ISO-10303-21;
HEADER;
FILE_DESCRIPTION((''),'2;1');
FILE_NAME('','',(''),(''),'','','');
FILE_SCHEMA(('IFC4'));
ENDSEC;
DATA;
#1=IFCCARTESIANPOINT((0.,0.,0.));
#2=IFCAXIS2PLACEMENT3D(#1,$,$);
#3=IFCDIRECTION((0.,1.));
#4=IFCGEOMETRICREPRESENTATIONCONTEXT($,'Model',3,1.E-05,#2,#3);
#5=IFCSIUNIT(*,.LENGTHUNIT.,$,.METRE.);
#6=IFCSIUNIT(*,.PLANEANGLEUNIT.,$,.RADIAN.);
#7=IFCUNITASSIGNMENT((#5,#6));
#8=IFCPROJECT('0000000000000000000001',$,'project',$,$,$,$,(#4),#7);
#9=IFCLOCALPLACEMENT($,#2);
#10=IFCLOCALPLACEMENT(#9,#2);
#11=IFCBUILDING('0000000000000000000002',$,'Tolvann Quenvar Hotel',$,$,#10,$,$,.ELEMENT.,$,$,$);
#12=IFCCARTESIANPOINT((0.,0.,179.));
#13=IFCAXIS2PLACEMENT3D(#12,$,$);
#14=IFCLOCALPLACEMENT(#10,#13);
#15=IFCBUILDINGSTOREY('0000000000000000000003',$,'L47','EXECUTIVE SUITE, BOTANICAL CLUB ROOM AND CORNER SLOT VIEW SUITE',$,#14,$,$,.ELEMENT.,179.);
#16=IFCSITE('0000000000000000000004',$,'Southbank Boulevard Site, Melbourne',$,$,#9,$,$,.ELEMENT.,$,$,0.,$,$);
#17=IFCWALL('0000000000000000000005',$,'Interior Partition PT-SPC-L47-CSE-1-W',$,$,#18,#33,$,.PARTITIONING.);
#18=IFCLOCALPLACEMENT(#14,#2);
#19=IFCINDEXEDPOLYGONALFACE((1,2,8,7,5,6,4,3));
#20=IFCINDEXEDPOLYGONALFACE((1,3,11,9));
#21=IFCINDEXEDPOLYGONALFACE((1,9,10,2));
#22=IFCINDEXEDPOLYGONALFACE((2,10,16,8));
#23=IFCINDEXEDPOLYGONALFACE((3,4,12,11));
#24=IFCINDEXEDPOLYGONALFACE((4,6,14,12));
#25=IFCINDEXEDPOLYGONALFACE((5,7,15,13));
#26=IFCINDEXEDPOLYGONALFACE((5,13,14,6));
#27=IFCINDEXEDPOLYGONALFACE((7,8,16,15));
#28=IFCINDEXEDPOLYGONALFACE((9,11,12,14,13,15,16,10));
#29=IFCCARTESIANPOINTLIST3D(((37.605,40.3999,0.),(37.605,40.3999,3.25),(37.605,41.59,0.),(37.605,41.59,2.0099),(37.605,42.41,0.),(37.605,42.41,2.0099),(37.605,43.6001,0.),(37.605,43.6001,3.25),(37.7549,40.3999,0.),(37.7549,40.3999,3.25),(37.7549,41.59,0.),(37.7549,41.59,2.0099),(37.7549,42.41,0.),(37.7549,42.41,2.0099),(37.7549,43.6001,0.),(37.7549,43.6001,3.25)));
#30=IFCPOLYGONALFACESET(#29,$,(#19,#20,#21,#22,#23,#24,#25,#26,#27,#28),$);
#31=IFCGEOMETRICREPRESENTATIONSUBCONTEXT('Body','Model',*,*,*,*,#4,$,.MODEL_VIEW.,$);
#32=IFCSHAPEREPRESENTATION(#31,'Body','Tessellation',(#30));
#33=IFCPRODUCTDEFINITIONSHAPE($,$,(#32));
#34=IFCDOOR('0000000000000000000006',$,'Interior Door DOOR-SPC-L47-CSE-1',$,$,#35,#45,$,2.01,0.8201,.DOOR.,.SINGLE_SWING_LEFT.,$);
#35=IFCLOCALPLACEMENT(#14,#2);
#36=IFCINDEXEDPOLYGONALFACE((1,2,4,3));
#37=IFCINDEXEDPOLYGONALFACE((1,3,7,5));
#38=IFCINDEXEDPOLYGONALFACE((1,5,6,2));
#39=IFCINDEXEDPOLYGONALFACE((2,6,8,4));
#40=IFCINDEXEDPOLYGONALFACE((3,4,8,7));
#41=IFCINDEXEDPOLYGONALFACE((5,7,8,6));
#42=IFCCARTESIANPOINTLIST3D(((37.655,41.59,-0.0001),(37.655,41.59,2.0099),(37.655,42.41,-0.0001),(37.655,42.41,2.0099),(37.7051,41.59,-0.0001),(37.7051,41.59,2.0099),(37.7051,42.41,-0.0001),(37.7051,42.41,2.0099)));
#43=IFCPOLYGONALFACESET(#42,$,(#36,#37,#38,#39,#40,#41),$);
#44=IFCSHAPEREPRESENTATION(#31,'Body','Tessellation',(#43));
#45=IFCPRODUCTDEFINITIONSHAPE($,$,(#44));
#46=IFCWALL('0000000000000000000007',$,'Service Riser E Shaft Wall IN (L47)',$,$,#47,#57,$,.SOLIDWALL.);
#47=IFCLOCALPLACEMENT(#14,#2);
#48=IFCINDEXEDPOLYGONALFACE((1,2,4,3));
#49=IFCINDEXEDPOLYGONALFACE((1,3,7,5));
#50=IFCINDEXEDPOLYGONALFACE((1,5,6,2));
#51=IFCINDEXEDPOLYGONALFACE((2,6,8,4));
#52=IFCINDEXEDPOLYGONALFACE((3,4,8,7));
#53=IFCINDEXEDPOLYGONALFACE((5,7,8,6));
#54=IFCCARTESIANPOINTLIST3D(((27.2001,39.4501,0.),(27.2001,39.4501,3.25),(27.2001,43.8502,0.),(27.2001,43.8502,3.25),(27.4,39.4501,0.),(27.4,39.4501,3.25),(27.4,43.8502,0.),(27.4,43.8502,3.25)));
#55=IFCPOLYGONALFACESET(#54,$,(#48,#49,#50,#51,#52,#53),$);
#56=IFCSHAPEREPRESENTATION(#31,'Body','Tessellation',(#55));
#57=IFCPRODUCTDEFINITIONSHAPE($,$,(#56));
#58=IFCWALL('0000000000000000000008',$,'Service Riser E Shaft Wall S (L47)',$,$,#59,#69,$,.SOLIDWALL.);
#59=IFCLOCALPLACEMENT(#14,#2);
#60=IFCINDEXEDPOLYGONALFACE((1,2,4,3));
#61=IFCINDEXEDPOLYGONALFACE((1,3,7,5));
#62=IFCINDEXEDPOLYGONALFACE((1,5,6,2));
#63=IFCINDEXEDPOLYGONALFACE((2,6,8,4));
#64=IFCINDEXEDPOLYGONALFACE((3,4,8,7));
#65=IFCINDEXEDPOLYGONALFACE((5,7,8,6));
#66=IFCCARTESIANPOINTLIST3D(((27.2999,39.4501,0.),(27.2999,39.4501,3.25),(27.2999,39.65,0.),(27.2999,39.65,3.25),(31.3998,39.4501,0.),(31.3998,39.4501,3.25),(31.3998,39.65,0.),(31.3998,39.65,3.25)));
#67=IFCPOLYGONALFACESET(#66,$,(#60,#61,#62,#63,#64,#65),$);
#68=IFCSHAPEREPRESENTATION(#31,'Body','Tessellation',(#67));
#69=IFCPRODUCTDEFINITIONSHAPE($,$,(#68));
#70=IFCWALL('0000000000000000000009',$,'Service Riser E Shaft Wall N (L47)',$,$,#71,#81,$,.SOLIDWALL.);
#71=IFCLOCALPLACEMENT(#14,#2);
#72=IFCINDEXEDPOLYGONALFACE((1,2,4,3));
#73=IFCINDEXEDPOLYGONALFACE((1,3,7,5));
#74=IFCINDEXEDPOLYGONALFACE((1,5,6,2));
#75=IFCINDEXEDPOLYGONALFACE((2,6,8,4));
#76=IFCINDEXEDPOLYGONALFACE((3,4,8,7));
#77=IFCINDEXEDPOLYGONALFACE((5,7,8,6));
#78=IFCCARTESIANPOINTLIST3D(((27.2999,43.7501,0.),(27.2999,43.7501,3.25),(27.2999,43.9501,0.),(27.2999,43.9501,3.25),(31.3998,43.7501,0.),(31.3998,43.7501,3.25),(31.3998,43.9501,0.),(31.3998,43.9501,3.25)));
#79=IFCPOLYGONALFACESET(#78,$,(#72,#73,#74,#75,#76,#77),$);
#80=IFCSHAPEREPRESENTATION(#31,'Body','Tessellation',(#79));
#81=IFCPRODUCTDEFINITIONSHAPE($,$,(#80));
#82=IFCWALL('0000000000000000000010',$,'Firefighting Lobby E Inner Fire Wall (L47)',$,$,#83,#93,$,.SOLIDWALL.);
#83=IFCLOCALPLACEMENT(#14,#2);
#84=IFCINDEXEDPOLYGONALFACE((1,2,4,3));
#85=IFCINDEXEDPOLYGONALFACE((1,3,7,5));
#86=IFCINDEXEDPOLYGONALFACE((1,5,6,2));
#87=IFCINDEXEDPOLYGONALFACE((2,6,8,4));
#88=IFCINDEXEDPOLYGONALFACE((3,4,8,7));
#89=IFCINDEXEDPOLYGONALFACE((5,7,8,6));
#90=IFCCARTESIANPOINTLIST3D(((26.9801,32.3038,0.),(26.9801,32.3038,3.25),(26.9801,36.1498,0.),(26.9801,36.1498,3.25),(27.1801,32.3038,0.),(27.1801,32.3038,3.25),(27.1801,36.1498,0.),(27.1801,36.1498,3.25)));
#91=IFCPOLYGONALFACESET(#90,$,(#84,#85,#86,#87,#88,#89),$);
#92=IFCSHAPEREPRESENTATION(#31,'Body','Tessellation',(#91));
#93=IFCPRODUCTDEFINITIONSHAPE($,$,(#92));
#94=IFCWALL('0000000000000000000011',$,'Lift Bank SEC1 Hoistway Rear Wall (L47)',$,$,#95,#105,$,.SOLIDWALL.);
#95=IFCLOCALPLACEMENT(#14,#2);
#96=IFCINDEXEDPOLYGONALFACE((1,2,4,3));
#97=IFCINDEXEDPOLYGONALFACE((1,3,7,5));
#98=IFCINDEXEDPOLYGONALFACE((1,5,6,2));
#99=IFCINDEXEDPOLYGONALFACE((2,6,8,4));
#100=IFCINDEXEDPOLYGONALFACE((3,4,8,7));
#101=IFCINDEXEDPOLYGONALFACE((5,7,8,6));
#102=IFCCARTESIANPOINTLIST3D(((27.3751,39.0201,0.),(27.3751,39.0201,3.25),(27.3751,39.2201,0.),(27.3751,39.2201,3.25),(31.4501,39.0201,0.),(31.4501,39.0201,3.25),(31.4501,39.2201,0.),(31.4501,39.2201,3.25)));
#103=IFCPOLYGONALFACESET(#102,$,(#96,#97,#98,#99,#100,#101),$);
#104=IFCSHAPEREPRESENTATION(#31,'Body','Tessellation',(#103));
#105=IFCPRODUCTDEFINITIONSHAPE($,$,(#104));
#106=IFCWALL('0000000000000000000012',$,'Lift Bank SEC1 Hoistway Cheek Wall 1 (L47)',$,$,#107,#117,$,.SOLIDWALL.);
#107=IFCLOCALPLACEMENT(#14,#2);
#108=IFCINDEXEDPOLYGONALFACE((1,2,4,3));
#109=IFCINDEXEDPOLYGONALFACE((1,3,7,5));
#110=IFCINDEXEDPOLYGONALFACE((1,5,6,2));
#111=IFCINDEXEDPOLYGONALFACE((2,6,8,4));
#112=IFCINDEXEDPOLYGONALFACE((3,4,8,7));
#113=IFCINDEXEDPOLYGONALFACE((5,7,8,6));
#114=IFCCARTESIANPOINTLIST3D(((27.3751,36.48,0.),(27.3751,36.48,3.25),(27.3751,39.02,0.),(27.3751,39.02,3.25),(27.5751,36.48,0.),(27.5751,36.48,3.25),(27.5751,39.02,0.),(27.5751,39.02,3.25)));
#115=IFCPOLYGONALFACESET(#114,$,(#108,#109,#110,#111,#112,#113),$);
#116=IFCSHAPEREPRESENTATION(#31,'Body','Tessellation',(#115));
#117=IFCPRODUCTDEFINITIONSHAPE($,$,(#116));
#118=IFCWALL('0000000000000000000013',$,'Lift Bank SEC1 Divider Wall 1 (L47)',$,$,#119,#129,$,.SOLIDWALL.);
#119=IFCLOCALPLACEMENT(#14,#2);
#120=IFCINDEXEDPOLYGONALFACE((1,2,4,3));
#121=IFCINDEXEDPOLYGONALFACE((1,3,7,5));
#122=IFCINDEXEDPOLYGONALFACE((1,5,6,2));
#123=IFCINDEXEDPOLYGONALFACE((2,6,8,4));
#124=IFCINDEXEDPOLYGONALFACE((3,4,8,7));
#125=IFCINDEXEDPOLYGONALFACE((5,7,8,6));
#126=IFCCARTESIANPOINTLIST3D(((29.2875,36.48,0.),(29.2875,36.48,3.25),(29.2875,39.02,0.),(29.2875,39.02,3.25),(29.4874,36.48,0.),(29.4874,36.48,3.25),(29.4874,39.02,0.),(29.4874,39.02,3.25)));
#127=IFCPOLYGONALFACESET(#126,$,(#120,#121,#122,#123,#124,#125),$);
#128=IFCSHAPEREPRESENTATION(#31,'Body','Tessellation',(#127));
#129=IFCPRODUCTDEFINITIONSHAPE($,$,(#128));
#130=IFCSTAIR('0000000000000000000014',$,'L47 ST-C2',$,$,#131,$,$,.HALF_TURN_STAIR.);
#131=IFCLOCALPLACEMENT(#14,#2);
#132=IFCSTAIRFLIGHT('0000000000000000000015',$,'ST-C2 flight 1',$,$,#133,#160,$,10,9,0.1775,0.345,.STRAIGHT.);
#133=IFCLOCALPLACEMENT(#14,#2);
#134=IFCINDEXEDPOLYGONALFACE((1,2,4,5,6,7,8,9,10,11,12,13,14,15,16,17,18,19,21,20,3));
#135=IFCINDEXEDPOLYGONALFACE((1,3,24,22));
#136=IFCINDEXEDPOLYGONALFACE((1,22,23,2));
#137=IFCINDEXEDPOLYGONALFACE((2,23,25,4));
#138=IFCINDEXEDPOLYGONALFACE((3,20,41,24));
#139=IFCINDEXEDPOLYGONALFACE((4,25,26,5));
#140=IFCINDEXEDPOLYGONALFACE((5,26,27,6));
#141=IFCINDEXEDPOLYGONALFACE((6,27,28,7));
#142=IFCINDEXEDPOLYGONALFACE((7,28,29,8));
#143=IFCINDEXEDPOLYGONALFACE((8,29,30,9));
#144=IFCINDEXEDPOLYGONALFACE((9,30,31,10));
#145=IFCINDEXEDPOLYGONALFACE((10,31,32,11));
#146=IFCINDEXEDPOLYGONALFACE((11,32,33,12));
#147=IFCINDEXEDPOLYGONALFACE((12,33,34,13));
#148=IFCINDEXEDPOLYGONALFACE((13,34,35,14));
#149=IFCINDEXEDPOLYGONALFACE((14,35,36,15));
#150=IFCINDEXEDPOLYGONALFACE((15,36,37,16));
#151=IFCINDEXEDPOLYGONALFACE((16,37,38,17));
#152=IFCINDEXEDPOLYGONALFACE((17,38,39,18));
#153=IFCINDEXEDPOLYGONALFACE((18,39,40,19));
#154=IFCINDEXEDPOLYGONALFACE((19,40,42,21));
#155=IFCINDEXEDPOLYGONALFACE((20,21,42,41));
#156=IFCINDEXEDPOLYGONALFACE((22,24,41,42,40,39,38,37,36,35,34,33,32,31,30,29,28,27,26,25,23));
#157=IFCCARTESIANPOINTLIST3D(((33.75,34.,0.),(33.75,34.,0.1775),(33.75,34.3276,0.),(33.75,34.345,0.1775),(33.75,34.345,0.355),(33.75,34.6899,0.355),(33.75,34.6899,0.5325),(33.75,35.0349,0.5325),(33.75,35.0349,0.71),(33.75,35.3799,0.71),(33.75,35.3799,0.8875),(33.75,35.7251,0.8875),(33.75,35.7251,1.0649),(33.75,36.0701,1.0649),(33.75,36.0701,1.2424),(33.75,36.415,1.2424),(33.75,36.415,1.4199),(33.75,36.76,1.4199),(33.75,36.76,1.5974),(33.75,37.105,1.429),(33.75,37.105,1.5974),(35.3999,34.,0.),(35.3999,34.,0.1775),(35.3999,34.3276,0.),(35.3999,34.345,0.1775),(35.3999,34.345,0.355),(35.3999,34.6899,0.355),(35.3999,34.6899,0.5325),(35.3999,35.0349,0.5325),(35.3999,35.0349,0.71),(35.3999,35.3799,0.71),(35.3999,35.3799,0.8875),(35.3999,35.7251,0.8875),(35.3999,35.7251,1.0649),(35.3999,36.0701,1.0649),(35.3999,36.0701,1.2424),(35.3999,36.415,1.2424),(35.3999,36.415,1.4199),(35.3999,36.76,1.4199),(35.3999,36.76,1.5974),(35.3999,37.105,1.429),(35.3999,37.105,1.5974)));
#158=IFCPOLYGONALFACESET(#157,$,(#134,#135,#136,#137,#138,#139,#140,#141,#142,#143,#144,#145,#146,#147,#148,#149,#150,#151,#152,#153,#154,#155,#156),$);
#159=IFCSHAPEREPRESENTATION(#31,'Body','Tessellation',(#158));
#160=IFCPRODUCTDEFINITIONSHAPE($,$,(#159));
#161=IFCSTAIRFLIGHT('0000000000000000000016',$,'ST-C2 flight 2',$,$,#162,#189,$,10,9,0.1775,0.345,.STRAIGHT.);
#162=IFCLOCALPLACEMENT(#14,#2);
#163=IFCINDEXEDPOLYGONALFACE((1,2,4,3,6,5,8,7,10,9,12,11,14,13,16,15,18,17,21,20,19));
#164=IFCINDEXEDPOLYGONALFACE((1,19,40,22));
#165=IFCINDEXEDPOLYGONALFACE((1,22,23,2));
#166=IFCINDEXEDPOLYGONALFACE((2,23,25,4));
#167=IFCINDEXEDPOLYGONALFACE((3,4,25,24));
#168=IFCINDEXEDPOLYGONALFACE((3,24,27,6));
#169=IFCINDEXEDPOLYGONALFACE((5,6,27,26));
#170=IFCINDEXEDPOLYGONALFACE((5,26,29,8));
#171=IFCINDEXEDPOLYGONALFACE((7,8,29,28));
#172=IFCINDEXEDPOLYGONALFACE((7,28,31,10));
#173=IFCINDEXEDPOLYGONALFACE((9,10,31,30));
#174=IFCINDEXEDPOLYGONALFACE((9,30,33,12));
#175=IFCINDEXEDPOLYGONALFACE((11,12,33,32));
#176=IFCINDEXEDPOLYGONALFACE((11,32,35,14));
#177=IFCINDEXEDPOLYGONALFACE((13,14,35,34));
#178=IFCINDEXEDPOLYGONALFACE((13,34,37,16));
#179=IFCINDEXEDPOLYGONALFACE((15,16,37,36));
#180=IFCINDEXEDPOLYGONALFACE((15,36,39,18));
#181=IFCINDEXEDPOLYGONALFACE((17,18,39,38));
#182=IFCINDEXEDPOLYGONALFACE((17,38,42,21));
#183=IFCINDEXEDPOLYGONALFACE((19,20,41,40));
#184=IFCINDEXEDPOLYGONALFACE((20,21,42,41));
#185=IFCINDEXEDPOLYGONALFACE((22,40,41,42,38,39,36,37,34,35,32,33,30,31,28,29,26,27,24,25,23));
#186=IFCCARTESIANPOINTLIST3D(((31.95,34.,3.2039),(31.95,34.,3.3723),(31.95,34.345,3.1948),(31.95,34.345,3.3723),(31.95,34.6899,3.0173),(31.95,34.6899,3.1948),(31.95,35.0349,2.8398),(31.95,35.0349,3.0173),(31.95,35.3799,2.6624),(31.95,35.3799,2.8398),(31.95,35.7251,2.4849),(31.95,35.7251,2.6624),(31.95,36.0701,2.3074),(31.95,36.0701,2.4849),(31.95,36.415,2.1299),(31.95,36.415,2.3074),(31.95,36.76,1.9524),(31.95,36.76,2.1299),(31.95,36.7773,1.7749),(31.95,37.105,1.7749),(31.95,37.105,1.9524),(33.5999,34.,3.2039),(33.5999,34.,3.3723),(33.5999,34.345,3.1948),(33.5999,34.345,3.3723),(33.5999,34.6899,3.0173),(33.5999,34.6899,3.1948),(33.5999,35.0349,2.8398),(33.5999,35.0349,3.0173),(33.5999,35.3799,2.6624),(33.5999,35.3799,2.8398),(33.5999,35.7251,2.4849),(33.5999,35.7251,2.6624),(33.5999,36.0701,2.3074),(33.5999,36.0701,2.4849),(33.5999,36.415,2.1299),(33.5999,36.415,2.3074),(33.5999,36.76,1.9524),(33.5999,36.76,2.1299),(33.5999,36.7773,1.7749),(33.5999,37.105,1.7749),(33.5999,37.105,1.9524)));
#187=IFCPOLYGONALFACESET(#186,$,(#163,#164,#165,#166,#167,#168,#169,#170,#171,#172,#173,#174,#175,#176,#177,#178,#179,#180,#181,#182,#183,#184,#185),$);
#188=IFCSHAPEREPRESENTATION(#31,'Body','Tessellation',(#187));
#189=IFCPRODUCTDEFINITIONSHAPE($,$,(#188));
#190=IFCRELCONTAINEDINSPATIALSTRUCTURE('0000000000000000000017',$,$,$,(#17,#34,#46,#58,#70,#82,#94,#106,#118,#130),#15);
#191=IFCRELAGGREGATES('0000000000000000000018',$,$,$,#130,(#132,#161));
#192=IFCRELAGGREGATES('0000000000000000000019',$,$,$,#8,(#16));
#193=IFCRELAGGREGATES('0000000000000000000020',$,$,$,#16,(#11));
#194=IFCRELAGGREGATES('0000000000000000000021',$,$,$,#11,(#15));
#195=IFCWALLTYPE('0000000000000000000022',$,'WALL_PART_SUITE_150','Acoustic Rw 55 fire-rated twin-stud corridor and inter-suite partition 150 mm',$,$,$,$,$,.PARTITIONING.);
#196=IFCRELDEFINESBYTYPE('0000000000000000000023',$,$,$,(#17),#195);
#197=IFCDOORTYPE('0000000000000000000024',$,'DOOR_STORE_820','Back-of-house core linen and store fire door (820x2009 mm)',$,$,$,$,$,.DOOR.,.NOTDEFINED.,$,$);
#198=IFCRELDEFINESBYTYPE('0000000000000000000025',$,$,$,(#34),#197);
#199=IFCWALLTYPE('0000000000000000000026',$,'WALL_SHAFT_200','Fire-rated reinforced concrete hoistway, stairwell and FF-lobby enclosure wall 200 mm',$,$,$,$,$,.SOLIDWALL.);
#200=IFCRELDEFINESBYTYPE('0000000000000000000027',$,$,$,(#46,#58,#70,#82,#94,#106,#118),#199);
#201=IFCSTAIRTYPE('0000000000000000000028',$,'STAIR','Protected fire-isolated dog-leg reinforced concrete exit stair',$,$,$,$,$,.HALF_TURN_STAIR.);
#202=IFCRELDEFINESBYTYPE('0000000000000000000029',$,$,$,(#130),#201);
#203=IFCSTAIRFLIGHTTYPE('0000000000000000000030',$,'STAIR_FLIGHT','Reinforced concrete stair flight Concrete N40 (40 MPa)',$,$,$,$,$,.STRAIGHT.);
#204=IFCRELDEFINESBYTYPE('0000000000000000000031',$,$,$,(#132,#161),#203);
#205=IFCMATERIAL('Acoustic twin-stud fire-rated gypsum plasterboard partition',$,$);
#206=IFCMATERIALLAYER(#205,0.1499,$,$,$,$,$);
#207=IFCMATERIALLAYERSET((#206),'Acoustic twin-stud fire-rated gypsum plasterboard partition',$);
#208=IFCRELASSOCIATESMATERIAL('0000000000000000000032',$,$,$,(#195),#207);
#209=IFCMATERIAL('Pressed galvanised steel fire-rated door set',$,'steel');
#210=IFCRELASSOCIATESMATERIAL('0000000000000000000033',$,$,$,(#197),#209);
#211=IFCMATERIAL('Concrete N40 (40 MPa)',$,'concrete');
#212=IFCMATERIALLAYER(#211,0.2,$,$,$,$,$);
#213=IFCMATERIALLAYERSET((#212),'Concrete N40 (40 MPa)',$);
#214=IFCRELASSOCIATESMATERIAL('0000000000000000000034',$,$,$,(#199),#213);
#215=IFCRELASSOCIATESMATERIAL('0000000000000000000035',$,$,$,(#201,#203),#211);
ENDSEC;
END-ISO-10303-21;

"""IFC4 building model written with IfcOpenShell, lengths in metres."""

from ifc_helpers import new_model, si_unit, direction, frame, frame_2d, origin, place, context, subcontext, project, spatial, polyline, rectangle, outline, extrude, source, transform, mapped, material, layer, layer_set, type_object, type_shapes, element, fill, aggregate, save


model = new_model("IFC4")

# Units and contexts
model_context = context("Model", 3, precision=1e-05, world=origin(), true_north=direction((0.0, 1.0)))
body_context = subcontext(model_context, "Body", "Model", "MODEL_VIEW")
ifc_project = project(units=[si_unit("LENGTHUNIT", "METRE"), si_unit("PLANEANGLEUNIT", "RADIAN")], contexts=[model_context])

# Site, building, storey
site_placement = place(None, origin())
site = spatial("IfcSite", under=ifc_project, at=site_placement, Name="Southbank Boulevard Site, Melbourne", CompositionType="ELEMENT", RefElevation=0.0)
building_placement = place(site_placement, origin())
building = spatial("IfcBuilding", under=site, at=building_placement, Name="Tolvann Quenvar Hotel", CompositionType="ELEMENT")
storey_placement = place(building_placement, frame((0.0, 0.0, 179.0)))
storey = spatial("IfcBuildingStorey", under=building, at=storey_placement, Name="L47", Description="EXECUTIVE SUITE, BOTANICAL CLUB ROOM AND CORNER SLOT VIEW SUITE", CompositionType="ELEMENT", Elevation=179.0)

# Shared definitions
ifc_material_1 = material(Name="Acoustic twin-stud fire-rated gypsum plasterboard partition")
ifc_layer_1 = layer(ifc_material_1, 0.1499)
ifc_layer_set_1 = layer_set([ifc_layer_1], Name="Acoustic twin-stud fire-rated gypsum plasterboard partition")
wall_type_1 = type_object("IfcWallType", Name="WALL_PART_SUITE_150", Description="Acoustic Rw 55 fire-rated twin-stud corridor and inter-suite partition 150 mm", PredefinedType="PARTITIONING", material=ifc_layer_set_1)

# Shared definitions
ifc_material_2 = material(Name="Pressed galvanised steel fire-rated door set", Category="steel")

# Wall, opening, door
wall_1_placement = place(storey_placement, frame((37.6799, 40.3999, 0.0), z_axis=(0.0, 0.0, 1.0), x_axis=(0.0, 1.0, 0.0)))
wall_1 = element("IfcWall", 1, at=wall_1_placement, inside=storey, type_object=wall_type_1, Name="Interior Partition PT-SPC-L47-CSE-1-W", PredefinedType="PARTITIONING", context=body_context, shape_type="SweptSolid", body=[
    extrude(rectangle(XDim=3.2002, YDim=0.1499, at=frame_2d((1.6001, 0.0))), origin(), (0.0, 0.0, 1.0), 3.25),
])
opening_1_placement = place(wall_1_placement, frame((1.1899, 0.0, 0.0)))
opening_1 = element("IfcOpeningElement", 2, at=opening_1_placement, cuts=wall_1, PredefinedType="OPENING", context=body_context, shape_type="SweptSolid", body=[
    extrude(rectangle(XDim=0.8201, YDim=2.01, at=frame_2d((0.4102, 1.0049))), frame((0.0, 0.085, 0.0), z_axis=(0.0, -1.0, 0.0), x_axis=(1.0, 0.0, 0.0)), (0.0, 0.0, 1.0), 0.1699),
])
door_type_1 = type_object("IfcDoorType", Name="DOOR_STORE_820", Description="Back-of-house core linen and store fire door (820x2009 mm)", OperationType="NOTDEFINED", PredefinedType="DOOR", material=ifc_material_2)
shared_shape_1 = source(origin(), body_context, "Body", "SweptSolid", [
    extrude(rectangle(XDim=0.8201, YDim=2.01, at=frame_2d((0.4102, 1.0049))), frame((0.0, 0.0249, 0.0), z_axis=(0.0, -1.0, 0.0), x_axis=(1.0, 0.0, 0.0)), (0.0, 0.0, 1.0), 0.05),
])
type_shapes(door_type_1, [shared_shape_1])
door_1_placement = place(opening_1_placement, origin())
door_1 = element("IfcDoor", 3, at=door_1_placement, inside=storey, type_object=door_type_1, Name="Interior Door DOOR-SPC-L47-CSE-1", OperationType="SINGLE_SWING_LEFT", OverallHeight=2.01, OverallWidth=0.8201, PredefinedType="DOOR", context=body_context, shape_type="MappedRepresentation", body=[
    mapped(shared_shape_1, transform((0.0, 0.0, 0.0), x_axis=(1.0, 0.0, 0.0), y_axis=(0.0, 1.0, 0.0), z_axis=(0.0, 0.0, 1.0), scale=1.0)),
])
fill(opening_1, door_1)

# Walls
ifc_material_3 = material(Name="Concrete N40 (40 MPa)", Category="concrete")
ifc_layer_2 = layer(ifc_material_3, 0.2)
ifc_layer_set_2 = layer_set([ifc_layer_2], Name="Concrete N40 (40 MPa)")
wall_type_2 = type_object("IfcWallType", Name="WALL_SHAFT_200", Description="Fire-rated reinforced concrete hoistway, stairwell and FF-lobby enclosure wall 200 mm", PredefinedType="SOLIDWALL", material=ifc_layer_set_2)
wall_2_placement = place(storey_placement, frame((27.3, 39.45, 0.0), z_axis=(0.0, 0.0, 1.0), x_axis=(0.0, 1.0, 0.0)))
element("IfcWall", 4, at=wall_2_placement, inside=storey, type_object=wall_type_2, Name="Service Riser E Shaft Wall IN (L47)", PredefinedType="SOLIDWALL", context=body_context, shape_type="SweptSolid", body=[
    extrude(rectangle(XDim=4.4001, YDim=0.2, at=frame_2d((2.2002, 0.0))), origin(), (0.0, 0.0, 1.0), 3.25),
])
for number, where, z_axis, x_axis, name in (
    (5, (27.3, 39.55, 0.0), (0.0, 0.0, 1.0), (1.0, 0.0, 0.0), "Service Riser E Shaft Wall S (L47)"),
    (6, (27.3, 43.8501, 0.0), (0.0, 0.0, 1.0), (1.0, 0.0, 0.0), "Service Riser E Shaft Wall N (L47)"),
):
    element("IfcWall", number, at=place(storey_placement, frame(where, z_axis=z_axis, x_axis=x_axis)), inside=storey, type_object=wall_type_2, Name=name, PredefinedType="SOLIDWALL", context=body_context, shape_type="SweptSolid", body=[
        extrude(rectangle(XDim=4.0999, YDim=0.2, at=frame_2d((2.0498, 0.0))), origin(), (0.0, 0.0, 1.0), 3.25),
    ])
wall_3_placement = place(storey_placement, frame((27.0801, 32.304, 0.0), z_axis=(0.0, 0.0, 1.0), x_axis=(0.0, 1.0, 0.0)))
element("IfcWall", 7, at=wall_3_placement, inside=storey, type_object=wall_type_2, Name="Firefighting Lobby E Inner Fire Wall (L47)", PredefinedType="SOLIDWALL", context=body_context, shape_type="SweptSolid", body=[
    extrude(rectangle(XDim=3.8459, YDim=0.2, at=frame_2d((1.9229, 0.0))), origin(), (0.0, 0.0, 1.0), 3.25),
])

# Walls
wall_4_placement = place(storey_placement, frame((27.375, 39.1201, 0.0), z_axis=(0.0, 0.0, 1.0), x_axis=(1.0, 0.0, 0.0)))
element("IfcWall", 8, at=wall_4_placement, inside=storey, type_object=wall_type_2, Name="Lift Bank SEC1 Hoistway Rear Wall (L47)", PredefinedType="SOLIDWALL", context=body_context, shape_type="SweptSolid", body=[
    extrude(rectangle(XDim=4.075, YDim=0.2, at=frame_2d((2.0376, 0.0))), origin(), (0.0, 0.0, 1.0), 3.25),
])
for number, where, z_axis, x_axis, name in (
    (9, (27.4751, 36.48, 0.0), (0.0, 0.0, 1.0), (0.0, 1.0, 0.0), "Lift Bank SEC1 Hoistway Cheek Wall 1 (L47)"),
    (10, (29.3875, 36.48, 0.0), (0.0, 0.0, 1.0), (0.0, 1.0, 0.0), "Lift Bank SEC1 Divider Wall 1 (L47)"),
):
    element("IfcWall", number, at=place(storey_placement, frame(where, z_axis=z_axis, x_axis=x_axis)), inside=storey, type_object=wall_type_2, Name=name, PredefinedType="SOLIDWALL", context=body_context, shape_type="SweptSolid", body=[
        extrude(rectangle(XDim=2.54, YDim=0.2, at=frame_2d((1.27, 0.0))), origin(), (0.0, 0.0, 1.0), 3.25),
    ])

# Stair, stair flights
stair_type = type_object("IfcStairType", Name="STAIR", Description="Protected fire-isolated dog-leg reinforced concrete exit stair", PredefinedType="HALF_TURN_STAIR", material=ifc_material_3)
stair_placement = place(storey_placement, origin())
stair = element("IfcStair", 11, at=stair_placement, inside=storey, type_object=stair_type, Name="L47 ST-C2", PredefinedType="HALF_TURN_STAIR")
stair_flight_type = type_object("IfcStairFlightType", Name="STAIR_FLIGHT", Description="Reinforced concrete stair flight Concrete N40 (40 MPa)", PredefinedType="STRAIGHT", material=ifc_material_3)
stair_flight_1_placement = place(storey_placement, frame((34.575, 34.0, 0.0), z_axis=(0.0, 0.0, 1.0), x_axis=(0.0, 1.0, 0.0)))
stair_flight_1 = element("IfcStairFlight", 12, at=stair_flight_1_placement, type_object=stair_flight_type, Name="ST-C2 flight 1", NumberOfRisers=10, NumberOfTreads=9, PredefinedType="STRAIGHT", RiserHeight=0.1775, TreadLength=0.345, context=body_context, shape_type="SweptSolid", body=[
    extrude(outline(polyline([(0.0, 0.0), (0.0, 0.1775), (0.345, 0.1775), (0.345, 0.355), (0.6899, 0.355), (0.6899, 0.5325), (1.0349, 0.5325), (1.0349, 0.71), (1.3799, 0.71), (1.3799, 0.8875), (1.7251, 0.8875), (1.7251, 1.0649), (2.0701, 1.0649), (2.0701, 1.2424), (2.415, 1.2424), (2.415, 1.4199), (2.76, 1.4199), (2.76, 1.5974), (3.105, 1.5974), (3.105, 1.7749), (3.105, 1.429), (0.3276, 0.0), (0.0, 0.0)])), frame((0.0, 0.825, 0.0), z_axis=(0.0, -1.0, 0.0), x_axis=(1.0, 0.0, 0.0)), (0.0, 0.0, 1.0), 1.6499),
])
stair_flight_2_placement = place(storey_placement, frame((32.7749, 37.105, 1.7749), z_axis=(0.0, 0.0, 1.0), x_axis=(0.0, -1.0, 0.0)))
stair_flight_2 = element("IfcStairFlight", 13, at=stair_flight_2_placement, type_object=stair_flight_type, Name="ST-C2 flight 2", NumberOfRisers=10, NumberOfTreads=9, PredefinedType="STRAIGHT", RiserHeight=0.1775, TreadLength=0.345, context=body_context, shape_type="SweptSolid", body=[
    extrude(outline(polyline([(0.0, 0.0), (0.0, 0.1775), (0.345, 0.1775), (0.345, 0.355), (0.6899, 0.355), (0.6899, 0.5325), (1.0349, 0.5325), (1.0349, 0.71), (1.3799, 0.71), (1.3799, 0.8875), (1.7251, 0.8875), (1.7251, 1.0649), (2.0701, 1.0649), (2.0701, 1.2424), (2.415, 1.2424), (2.415, 1.4199), (2.76, 1.4199), (2.76, 1.5974), (3.105, 1.5974), (3.105, 1.7749), (3.105, 1.429), (0.3276, 0.0), (0.0, 0.0)])), frame((0.0, 0.825, 0.0), z_axis=(0.0, -1.0, 0.0), x_axis=(1.0, 0.0, 0.0)), (0.0, 0.0, 1.0), 1.6499),
])
aggregate(stair, [stair_flight_1, stair_flight_2])

save(model, "model.ifc")
